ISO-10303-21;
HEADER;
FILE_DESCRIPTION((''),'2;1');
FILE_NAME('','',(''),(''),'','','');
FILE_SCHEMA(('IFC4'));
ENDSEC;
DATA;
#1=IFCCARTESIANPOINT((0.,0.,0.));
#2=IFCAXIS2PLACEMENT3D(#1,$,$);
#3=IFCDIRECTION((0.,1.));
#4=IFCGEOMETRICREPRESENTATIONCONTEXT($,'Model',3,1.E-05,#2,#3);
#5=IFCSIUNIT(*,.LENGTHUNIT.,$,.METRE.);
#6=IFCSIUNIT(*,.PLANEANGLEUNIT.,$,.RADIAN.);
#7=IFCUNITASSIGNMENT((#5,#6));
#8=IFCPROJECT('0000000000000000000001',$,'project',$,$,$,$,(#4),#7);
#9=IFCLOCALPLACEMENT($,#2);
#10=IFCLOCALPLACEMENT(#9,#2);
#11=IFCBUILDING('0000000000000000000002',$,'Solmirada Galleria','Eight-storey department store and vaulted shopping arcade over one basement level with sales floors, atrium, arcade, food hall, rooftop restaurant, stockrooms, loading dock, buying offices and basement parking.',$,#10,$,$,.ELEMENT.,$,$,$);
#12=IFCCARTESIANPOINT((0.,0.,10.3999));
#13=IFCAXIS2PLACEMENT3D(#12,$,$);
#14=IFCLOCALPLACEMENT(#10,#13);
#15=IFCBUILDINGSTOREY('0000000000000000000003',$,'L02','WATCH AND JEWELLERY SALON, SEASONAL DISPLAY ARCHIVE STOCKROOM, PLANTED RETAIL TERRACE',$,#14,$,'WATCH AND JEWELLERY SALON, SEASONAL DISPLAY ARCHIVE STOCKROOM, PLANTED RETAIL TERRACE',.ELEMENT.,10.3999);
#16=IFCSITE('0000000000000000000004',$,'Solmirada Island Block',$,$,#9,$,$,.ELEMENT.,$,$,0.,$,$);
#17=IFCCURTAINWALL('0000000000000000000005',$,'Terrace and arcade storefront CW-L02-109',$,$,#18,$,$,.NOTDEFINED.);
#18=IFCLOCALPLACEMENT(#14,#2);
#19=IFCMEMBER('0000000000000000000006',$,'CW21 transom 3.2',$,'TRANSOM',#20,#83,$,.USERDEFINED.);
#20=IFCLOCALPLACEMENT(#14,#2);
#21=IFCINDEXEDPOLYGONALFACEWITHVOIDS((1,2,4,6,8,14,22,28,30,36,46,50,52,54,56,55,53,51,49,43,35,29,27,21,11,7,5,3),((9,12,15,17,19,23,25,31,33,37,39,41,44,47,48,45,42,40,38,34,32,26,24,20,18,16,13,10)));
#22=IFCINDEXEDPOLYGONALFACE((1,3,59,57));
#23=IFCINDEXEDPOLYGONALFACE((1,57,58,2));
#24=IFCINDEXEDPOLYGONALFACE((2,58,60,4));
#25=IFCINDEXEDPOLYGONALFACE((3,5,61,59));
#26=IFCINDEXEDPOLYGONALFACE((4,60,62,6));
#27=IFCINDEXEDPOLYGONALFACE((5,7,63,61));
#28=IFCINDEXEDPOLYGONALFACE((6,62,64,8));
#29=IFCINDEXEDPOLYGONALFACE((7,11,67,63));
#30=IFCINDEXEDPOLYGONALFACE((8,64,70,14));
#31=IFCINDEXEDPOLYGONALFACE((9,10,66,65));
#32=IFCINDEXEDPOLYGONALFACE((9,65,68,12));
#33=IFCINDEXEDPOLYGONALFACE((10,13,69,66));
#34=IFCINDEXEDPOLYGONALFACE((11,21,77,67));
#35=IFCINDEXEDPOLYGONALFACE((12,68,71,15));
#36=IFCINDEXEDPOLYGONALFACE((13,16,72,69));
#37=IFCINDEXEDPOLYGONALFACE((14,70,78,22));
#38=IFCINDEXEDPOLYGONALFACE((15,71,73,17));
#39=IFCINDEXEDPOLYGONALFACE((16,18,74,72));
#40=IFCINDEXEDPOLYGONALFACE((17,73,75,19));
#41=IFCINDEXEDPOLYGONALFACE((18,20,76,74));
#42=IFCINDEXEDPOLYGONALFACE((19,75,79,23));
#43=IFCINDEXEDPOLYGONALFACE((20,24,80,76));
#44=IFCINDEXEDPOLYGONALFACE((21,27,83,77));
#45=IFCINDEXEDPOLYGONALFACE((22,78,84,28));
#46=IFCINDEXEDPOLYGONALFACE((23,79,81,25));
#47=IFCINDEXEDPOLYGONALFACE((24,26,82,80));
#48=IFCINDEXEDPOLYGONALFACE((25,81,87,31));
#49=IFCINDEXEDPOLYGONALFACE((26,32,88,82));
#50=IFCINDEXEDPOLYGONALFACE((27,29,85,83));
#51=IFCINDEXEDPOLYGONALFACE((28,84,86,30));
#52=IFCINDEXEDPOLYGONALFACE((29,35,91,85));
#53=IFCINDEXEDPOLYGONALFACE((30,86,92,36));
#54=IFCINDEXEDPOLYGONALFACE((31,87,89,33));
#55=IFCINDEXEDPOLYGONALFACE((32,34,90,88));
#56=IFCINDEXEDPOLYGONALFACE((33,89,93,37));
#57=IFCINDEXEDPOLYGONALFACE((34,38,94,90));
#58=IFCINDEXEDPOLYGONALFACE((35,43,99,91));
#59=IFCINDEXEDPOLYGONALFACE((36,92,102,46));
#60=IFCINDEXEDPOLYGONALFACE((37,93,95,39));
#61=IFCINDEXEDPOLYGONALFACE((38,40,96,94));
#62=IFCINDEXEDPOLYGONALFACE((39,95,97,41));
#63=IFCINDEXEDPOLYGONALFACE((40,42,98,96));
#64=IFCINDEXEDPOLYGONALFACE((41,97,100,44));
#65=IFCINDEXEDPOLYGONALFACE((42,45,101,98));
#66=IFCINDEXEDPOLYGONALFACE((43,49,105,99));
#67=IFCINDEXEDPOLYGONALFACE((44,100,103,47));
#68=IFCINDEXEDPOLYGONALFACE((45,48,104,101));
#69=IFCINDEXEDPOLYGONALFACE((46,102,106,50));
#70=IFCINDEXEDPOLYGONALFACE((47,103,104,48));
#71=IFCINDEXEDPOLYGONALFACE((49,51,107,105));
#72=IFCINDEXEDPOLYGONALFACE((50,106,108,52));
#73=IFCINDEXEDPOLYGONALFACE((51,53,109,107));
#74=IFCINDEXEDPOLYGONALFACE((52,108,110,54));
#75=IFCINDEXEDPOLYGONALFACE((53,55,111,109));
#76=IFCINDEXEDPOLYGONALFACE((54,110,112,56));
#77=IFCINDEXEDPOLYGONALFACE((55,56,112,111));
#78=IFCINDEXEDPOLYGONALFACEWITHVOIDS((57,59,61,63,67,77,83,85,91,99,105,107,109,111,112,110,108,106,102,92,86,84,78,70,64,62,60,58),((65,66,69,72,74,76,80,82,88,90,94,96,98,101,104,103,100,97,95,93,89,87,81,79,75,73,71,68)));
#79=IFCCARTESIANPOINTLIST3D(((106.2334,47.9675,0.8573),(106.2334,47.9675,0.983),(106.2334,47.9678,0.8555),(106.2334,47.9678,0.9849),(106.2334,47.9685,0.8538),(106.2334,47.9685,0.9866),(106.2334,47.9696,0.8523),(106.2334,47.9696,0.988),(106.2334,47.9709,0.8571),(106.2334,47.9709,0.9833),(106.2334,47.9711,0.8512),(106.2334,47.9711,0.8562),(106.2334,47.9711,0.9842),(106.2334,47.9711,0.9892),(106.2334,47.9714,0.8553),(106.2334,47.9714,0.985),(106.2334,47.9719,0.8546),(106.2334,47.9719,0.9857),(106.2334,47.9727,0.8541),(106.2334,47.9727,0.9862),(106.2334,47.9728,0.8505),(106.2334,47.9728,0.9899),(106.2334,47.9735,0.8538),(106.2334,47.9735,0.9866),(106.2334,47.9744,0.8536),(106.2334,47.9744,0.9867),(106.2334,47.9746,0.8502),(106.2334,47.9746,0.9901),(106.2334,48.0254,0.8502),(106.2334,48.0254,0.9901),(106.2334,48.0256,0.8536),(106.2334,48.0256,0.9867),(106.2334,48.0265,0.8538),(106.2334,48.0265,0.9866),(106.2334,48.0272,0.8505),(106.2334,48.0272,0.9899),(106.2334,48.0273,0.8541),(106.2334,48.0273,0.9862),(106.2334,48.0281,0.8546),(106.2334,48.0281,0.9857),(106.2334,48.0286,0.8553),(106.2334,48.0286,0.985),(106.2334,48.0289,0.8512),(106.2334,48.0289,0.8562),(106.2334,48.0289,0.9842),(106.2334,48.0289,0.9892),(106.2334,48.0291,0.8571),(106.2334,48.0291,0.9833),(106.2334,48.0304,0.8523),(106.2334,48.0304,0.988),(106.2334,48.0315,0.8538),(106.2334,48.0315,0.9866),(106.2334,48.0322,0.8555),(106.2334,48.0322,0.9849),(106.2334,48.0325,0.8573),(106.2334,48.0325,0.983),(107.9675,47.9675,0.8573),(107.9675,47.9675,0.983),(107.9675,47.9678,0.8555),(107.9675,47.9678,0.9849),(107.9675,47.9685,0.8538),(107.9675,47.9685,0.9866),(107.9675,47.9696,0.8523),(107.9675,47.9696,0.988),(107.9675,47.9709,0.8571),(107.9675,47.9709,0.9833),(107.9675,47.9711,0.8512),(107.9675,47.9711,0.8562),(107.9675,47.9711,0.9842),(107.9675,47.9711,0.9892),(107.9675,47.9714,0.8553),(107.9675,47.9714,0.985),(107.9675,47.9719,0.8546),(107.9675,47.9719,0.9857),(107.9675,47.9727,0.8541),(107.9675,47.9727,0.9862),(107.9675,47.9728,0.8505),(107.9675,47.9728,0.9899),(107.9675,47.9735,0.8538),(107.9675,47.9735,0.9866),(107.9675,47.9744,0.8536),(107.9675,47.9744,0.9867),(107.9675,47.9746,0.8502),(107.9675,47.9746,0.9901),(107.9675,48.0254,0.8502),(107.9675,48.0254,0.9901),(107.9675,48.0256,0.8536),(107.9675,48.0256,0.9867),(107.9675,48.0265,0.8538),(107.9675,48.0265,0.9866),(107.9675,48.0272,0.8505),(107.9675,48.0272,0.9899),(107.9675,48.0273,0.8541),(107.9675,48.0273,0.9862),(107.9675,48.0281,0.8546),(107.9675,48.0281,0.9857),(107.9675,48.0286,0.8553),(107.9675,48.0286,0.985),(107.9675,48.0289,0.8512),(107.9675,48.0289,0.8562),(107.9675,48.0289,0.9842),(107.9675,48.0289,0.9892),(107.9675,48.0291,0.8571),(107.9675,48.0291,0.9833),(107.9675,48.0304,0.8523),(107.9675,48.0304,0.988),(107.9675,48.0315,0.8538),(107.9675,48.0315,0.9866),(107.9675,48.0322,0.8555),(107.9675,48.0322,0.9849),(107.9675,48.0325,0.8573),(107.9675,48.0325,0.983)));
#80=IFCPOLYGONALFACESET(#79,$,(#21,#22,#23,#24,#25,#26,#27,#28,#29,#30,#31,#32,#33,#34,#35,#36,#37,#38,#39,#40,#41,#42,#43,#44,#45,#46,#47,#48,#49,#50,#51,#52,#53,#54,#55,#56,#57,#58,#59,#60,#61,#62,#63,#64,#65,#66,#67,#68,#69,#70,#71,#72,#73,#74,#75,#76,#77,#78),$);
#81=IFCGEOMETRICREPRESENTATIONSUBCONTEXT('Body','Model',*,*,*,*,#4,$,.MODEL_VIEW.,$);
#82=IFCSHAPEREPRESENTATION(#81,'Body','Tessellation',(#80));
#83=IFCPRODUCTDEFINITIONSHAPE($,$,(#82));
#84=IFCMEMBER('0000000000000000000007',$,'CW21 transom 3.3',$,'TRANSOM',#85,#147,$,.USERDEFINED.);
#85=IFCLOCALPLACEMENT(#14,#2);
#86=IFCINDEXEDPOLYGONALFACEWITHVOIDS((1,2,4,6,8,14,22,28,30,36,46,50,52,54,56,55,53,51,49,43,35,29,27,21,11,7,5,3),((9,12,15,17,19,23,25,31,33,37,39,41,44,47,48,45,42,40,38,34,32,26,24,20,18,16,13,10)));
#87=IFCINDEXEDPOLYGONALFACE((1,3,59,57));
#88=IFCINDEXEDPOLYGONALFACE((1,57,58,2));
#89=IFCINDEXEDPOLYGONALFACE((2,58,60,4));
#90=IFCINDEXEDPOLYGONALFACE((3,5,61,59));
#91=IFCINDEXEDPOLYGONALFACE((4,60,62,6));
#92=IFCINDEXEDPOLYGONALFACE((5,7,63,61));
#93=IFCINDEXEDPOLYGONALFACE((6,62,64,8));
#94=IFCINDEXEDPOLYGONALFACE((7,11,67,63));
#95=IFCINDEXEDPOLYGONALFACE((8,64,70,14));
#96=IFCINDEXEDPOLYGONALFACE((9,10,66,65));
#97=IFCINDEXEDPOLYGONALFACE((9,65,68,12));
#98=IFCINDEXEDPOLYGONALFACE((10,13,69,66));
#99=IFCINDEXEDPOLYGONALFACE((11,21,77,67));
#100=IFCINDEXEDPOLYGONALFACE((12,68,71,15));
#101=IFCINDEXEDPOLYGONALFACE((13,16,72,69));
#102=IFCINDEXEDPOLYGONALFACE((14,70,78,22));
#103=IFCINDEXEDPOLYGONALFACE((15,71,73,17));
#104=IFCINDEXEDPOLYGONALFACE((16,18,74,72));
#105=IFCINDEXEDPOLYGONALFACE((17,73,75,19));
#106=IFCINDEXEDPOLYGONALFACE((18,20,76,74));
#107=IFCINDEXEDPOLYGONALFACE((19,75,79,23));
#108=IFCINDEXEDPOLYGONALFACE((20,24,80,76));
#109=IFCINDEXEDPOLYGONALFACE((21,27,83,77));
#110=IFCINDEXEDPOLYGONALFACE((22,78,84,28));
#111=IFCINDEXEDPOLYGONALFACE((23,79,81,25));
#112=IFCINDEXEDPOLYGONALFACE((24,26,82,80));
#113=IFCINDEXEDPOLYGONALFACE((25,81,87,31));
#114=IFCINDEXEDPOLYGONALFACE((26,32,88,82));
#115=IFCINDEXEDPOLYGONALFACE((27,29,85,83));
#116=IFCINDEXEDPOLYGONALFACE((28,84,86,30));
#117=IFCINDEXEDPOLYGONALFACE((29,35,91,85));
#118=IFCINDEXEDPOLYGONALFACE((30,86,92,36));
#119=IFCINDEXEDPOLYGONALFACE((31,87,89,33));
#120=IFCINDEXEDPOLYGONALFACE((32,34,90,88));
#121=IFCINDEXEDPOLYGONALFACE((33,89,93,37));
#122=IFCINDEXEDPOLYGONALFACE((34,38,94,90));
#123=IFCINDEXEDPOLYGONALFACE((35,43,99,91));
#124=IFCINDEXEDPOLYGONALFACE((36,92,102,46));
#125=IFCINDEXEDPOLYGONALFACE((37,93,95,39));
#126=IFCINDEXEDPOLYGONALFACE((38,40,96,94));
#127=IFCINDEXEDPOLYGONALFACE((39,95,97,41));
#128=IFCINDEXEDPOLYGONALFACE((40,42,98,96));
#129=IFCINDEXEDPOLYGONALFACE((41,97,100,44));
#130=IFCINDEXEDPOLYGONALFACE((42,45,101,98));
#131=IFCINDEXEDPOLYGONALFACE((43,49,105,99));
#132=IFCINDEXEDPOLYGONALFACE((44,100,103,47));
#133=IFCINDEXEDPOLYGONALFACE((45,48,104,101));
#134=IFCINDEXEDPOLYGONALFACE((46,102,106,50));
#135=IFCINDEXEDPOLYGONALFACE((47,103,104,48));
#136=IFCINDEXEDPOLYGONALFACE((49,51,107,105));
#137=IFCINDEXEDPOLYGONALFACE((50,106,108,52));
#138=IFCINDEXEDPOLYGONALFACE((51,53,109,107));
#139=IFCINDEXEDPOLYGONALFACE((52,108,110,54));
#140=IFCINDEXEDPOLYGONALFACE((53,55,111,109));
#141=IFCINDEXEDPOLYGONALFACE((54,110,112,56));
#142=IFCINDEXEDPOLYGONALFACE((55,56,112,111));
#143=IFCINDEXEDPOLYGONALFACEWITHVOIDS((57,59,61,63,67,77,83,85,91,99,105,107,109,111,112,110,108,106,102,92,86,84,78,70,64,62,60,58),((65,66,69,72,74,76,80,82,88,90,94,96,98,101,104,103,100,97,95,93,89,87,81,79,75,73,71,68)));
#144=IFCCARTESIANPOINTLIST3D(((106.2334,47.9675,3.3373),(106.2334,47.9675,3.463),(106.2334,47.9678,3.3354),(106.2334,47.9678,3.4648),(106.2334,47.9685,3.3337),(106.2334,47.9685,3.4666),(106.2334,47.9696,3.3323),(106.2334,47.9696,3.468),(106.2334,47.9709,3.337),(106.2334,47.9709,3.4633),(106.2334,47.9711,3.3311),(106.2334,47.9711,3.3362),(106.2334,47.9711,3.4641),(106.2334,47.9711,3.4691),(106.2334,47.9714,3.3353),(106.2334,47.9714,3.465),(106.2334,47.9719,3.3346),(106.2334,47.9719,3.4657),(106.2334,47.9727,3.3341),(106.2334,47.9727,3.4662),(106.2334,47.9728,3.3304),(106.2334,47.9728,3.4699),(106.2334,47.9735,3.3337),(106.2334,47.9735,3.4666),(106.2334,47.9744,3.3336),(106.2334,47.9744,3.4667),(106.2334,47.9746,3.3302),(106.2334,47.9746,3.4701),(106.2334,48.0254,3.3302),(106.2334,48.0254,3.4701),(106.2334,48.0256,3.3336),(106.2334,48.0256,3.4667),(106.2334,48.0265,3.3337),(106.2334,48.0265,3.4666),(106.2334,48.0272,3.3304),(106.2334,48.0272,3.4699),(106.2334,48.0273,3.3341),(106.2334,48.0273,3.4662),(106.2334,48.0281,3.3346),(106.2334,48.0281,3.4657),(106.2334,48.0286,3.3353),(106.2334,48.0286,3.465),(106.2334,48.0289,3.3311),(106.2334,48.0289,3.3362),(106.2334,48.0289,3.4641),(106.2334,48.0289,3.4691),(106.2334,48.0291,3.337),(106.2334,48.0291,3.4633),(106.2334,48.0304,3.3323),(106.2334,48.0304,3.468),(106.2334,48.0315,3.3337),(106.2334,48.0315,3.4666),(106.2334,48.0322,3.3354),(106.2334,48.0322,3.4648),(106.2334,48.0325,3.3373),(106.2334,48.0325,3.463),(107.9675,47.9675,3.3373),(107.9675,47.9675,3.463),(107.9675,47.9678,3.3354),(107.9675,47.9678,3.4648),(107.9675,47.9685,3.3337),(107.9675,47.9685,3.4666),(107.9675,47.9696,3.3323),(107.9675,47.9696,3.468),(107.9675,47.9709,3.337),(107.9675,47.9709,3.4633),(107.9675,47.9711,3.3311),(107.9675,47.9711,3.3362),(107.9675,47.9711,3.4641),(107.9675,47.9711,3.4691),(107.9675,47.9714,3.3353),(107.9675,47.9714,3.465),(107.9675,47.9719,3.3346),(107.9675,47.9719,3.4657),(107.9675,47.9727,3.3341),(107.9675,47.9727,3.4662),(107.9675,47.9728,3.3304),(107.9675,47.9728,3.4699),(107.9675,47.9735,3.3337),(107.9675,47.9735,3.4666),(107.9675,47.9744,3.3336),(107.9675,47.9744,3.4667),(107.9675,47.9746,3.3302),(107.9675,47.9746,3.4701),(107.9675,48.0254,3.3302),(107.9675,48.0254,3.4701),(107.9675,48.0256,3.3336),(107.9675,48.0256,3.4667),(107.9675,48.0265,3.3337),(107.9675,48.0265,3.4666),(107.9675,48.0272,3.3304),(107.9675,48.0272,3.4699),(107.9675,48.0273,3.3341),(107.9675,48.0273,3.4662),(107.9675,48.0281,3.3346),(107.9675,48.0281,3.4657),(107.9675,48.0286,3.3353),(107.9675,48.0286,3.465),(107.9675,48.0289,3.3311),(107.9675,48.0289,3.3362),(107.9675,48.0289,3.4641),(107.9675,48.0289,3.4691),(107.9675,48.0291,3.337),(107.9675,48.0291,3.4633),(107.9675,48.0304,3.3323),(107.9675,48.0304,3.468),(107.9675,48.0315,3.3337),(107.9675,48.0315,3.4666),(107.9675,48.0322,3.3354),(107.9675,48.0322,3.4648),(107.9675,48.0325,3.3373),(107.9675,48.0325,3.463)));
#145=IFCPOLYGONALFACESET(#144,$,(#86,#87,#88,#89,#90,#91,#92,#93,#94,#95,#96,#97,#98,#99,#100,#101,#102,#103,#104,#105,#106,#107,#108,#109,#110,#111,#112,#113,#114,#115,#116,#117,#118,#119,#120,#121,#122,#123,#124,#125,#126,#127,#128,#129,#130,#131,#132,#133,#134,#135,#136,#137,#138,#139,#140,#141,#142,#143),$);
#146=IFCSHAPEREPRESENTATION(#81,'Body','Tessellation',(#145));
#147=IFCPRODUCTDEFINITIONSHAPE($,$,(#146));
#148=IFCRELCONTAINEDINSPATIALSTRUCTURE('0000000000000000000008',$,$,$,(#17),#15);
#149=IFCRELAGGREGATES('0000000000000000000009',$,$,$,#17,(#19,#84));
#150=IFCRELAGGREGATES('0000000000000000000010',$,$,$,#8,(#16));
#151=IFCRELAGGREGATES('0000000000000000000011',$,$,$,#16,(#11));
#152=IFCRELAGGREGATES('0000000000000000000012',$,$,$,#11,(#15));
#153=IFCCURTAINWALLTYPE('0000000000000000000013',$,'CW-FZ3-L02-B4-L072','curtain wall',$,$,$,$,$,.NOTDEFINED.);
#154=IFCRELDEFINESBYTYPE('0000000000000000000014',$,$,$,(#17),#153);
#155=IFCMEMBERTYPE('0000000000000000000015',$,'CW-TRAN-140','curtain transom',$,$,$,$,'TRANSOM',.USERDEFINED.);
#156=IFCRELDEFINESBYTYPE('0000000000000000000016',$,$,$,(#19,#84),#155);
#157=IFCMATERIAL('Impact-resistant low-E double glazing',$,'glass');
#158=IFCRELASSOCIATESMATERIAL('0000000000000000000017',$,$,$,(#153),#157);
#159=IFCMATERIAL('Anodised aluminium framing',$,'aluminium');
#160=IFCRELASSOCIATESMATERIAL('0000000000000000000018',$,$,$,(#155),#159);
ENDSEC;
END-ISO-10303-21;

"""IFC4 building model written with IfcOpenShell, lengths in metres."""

from ifc_helpers import new_model, si_unit, direction, frame, origin, origin_2d, place, context, subcontext, project, spatial, hollow_rectangle, extrude, material, material_profile, profile_set, type_object, element, aggregate, save


model = new_model("IFC4")

# Units and contexts
model_context = context("Model", 3, precision=1e-05, world=origin(), true_north=direction((0.0, 1.0)))
body_context = subcontext(model_context, "Body", "Model", "MODEL_VIEW")
ifc_project = project(units=[si_unit("LENGTHUNIT", "METRE"), si_unit("PLANEANGLEUNIT", "RADIAN")], contexts=[model_context])

# Site, building, storey
site_placement = place(None, origin())
site = spatial("IfcSite", under=ifc_project, at=site_placement, Name="Solmirada Island Block", CompositionType="ELEMENT", RefElevation=0.0)
building_placement = place(site_placement, origin())
building = spatial("IfcBuilding", under=site, at=building_placement, Name="Solmirada Galleria", Description="Eight-storey department store and vaulted shopping arcade over one basement level with sales floors, atrium, arcade, food hall, rooftop restaurant, stockrooms, loading dock, buying offices and basement parking.", CompositionType="ELEMENT")
storey_placement = place(building_placement, frame((0.0, 0.0, 10.3999)))
storey = spatial("IfcBuildingStorey", under=building, at=storey_placement, Name="L02", Description="WATCH AND JEWELLERY SALON, SEASONAL DISPLAY ARCHIVE STOCKROOM, PLANTED RETAIL TERRACE", LongName="WATCH AND JEWELLERY SALON, SEASONAL DISPLAY ARCHIVE STOCKROOM, PLANTED RETAIL TERRACE", CompositionType="ELEMENT", Elevation=10.3999)

# Curtain wall
ifc_material_1 = material(Name="Impact-resistant low-E double glazing", Category="glass")
curtain_wall_type = type_object("IfcCurtainWallType", Name="CW-FZ3-L02-B4-L072", Description="curtain wall", PredefinedType="NOTDEFINED", material=ifc_material_1)
ifc_material_2 = material(Name="Anodised aluminium framing", Category="aluminium")
curtain_wall_1_placement = place(storey_placement, origin())
curtain_wall_1 = element("IfcCurtainWall", 1, at=curtain_wall_1_placement, inside=storey, type_object=curtain_wall_type, Name="Terrace and arcade storefront CW-L02-109", PredefinedType="NOTDEFINED")

# Members
ifc_material_profile_1 = material_profile(ifc_material_2, hollow_rectangle(XDim=0.0649, YDim=0.1399, WallThickness=0.0034, InnerFilletRadius=0.0034, OuterFilletRadius=0.0071, at=origin_2d()), Name="ALU-TRAN-140X65")
ifc_profile_set_1 = profile_set([ifc_material_profile_1], Name="Anodised aluminium framing")
member_type_1 = type_object("IfcMemberType", Name="CW-TRAN-140", Description="curtain transom", ElementType="TRANSOM", PredefinedType="USERDEFINED", material=ifc_profile_set_1)
member_1_placement = place(storey_placement, frame((107.9675, 48.0, 0.9202), z_axis=(-1.0, 0.0, 0.0), x_axis=(0.0, -1.0, 0.0)))
member_1 = element("IfcMember", 2, at=member_1_placement, type_object=member_type_1, Name="CW21 transom 3.2", ObjectType="TRANSOM", PredefinedType="USERDEFINED", context=body_context, shape_type="SweptSolid", body=[
    extrude(hollow_rectangle(XDim=0.0649, YDim=0.1399, WallThickness=0.0034, InnerFilletRadius=0.0034, OuterFilletRadius=0.0071, at=origin_2d()), origin(), (0.0, 0.0, 1.0), 1.7341),
])
member_2_placement = place(storey_placement, frame((107.9675, 48.0, 3.4001), z_axis=(-1.0, 0.0, 0.0), x_axis=(0.0, -1.0, 0.0)))
member_2 = element("IfcMember", 3, at=member_2_placement, type_object=member_type_1, Name="CW21 transom 3.3", ObjectType="TRANSOM", PredefinedType="USERDEFINED", context=body_context, shape_type="SweptSolid", body=[
    extrude(hollow_rectangle(XDim=0.0649, YDim=0.1399, WallThickness=0.0034, InnerFilletRadius=0.0034, OuterFilletRadius=0.0071, at=origin_2d()), origin(), (0.0, 0.0, 1.0), 1.7341),
])

aggregate(curtain_wall_1, [member_1, member_2])

save(model, "model.ifc")
